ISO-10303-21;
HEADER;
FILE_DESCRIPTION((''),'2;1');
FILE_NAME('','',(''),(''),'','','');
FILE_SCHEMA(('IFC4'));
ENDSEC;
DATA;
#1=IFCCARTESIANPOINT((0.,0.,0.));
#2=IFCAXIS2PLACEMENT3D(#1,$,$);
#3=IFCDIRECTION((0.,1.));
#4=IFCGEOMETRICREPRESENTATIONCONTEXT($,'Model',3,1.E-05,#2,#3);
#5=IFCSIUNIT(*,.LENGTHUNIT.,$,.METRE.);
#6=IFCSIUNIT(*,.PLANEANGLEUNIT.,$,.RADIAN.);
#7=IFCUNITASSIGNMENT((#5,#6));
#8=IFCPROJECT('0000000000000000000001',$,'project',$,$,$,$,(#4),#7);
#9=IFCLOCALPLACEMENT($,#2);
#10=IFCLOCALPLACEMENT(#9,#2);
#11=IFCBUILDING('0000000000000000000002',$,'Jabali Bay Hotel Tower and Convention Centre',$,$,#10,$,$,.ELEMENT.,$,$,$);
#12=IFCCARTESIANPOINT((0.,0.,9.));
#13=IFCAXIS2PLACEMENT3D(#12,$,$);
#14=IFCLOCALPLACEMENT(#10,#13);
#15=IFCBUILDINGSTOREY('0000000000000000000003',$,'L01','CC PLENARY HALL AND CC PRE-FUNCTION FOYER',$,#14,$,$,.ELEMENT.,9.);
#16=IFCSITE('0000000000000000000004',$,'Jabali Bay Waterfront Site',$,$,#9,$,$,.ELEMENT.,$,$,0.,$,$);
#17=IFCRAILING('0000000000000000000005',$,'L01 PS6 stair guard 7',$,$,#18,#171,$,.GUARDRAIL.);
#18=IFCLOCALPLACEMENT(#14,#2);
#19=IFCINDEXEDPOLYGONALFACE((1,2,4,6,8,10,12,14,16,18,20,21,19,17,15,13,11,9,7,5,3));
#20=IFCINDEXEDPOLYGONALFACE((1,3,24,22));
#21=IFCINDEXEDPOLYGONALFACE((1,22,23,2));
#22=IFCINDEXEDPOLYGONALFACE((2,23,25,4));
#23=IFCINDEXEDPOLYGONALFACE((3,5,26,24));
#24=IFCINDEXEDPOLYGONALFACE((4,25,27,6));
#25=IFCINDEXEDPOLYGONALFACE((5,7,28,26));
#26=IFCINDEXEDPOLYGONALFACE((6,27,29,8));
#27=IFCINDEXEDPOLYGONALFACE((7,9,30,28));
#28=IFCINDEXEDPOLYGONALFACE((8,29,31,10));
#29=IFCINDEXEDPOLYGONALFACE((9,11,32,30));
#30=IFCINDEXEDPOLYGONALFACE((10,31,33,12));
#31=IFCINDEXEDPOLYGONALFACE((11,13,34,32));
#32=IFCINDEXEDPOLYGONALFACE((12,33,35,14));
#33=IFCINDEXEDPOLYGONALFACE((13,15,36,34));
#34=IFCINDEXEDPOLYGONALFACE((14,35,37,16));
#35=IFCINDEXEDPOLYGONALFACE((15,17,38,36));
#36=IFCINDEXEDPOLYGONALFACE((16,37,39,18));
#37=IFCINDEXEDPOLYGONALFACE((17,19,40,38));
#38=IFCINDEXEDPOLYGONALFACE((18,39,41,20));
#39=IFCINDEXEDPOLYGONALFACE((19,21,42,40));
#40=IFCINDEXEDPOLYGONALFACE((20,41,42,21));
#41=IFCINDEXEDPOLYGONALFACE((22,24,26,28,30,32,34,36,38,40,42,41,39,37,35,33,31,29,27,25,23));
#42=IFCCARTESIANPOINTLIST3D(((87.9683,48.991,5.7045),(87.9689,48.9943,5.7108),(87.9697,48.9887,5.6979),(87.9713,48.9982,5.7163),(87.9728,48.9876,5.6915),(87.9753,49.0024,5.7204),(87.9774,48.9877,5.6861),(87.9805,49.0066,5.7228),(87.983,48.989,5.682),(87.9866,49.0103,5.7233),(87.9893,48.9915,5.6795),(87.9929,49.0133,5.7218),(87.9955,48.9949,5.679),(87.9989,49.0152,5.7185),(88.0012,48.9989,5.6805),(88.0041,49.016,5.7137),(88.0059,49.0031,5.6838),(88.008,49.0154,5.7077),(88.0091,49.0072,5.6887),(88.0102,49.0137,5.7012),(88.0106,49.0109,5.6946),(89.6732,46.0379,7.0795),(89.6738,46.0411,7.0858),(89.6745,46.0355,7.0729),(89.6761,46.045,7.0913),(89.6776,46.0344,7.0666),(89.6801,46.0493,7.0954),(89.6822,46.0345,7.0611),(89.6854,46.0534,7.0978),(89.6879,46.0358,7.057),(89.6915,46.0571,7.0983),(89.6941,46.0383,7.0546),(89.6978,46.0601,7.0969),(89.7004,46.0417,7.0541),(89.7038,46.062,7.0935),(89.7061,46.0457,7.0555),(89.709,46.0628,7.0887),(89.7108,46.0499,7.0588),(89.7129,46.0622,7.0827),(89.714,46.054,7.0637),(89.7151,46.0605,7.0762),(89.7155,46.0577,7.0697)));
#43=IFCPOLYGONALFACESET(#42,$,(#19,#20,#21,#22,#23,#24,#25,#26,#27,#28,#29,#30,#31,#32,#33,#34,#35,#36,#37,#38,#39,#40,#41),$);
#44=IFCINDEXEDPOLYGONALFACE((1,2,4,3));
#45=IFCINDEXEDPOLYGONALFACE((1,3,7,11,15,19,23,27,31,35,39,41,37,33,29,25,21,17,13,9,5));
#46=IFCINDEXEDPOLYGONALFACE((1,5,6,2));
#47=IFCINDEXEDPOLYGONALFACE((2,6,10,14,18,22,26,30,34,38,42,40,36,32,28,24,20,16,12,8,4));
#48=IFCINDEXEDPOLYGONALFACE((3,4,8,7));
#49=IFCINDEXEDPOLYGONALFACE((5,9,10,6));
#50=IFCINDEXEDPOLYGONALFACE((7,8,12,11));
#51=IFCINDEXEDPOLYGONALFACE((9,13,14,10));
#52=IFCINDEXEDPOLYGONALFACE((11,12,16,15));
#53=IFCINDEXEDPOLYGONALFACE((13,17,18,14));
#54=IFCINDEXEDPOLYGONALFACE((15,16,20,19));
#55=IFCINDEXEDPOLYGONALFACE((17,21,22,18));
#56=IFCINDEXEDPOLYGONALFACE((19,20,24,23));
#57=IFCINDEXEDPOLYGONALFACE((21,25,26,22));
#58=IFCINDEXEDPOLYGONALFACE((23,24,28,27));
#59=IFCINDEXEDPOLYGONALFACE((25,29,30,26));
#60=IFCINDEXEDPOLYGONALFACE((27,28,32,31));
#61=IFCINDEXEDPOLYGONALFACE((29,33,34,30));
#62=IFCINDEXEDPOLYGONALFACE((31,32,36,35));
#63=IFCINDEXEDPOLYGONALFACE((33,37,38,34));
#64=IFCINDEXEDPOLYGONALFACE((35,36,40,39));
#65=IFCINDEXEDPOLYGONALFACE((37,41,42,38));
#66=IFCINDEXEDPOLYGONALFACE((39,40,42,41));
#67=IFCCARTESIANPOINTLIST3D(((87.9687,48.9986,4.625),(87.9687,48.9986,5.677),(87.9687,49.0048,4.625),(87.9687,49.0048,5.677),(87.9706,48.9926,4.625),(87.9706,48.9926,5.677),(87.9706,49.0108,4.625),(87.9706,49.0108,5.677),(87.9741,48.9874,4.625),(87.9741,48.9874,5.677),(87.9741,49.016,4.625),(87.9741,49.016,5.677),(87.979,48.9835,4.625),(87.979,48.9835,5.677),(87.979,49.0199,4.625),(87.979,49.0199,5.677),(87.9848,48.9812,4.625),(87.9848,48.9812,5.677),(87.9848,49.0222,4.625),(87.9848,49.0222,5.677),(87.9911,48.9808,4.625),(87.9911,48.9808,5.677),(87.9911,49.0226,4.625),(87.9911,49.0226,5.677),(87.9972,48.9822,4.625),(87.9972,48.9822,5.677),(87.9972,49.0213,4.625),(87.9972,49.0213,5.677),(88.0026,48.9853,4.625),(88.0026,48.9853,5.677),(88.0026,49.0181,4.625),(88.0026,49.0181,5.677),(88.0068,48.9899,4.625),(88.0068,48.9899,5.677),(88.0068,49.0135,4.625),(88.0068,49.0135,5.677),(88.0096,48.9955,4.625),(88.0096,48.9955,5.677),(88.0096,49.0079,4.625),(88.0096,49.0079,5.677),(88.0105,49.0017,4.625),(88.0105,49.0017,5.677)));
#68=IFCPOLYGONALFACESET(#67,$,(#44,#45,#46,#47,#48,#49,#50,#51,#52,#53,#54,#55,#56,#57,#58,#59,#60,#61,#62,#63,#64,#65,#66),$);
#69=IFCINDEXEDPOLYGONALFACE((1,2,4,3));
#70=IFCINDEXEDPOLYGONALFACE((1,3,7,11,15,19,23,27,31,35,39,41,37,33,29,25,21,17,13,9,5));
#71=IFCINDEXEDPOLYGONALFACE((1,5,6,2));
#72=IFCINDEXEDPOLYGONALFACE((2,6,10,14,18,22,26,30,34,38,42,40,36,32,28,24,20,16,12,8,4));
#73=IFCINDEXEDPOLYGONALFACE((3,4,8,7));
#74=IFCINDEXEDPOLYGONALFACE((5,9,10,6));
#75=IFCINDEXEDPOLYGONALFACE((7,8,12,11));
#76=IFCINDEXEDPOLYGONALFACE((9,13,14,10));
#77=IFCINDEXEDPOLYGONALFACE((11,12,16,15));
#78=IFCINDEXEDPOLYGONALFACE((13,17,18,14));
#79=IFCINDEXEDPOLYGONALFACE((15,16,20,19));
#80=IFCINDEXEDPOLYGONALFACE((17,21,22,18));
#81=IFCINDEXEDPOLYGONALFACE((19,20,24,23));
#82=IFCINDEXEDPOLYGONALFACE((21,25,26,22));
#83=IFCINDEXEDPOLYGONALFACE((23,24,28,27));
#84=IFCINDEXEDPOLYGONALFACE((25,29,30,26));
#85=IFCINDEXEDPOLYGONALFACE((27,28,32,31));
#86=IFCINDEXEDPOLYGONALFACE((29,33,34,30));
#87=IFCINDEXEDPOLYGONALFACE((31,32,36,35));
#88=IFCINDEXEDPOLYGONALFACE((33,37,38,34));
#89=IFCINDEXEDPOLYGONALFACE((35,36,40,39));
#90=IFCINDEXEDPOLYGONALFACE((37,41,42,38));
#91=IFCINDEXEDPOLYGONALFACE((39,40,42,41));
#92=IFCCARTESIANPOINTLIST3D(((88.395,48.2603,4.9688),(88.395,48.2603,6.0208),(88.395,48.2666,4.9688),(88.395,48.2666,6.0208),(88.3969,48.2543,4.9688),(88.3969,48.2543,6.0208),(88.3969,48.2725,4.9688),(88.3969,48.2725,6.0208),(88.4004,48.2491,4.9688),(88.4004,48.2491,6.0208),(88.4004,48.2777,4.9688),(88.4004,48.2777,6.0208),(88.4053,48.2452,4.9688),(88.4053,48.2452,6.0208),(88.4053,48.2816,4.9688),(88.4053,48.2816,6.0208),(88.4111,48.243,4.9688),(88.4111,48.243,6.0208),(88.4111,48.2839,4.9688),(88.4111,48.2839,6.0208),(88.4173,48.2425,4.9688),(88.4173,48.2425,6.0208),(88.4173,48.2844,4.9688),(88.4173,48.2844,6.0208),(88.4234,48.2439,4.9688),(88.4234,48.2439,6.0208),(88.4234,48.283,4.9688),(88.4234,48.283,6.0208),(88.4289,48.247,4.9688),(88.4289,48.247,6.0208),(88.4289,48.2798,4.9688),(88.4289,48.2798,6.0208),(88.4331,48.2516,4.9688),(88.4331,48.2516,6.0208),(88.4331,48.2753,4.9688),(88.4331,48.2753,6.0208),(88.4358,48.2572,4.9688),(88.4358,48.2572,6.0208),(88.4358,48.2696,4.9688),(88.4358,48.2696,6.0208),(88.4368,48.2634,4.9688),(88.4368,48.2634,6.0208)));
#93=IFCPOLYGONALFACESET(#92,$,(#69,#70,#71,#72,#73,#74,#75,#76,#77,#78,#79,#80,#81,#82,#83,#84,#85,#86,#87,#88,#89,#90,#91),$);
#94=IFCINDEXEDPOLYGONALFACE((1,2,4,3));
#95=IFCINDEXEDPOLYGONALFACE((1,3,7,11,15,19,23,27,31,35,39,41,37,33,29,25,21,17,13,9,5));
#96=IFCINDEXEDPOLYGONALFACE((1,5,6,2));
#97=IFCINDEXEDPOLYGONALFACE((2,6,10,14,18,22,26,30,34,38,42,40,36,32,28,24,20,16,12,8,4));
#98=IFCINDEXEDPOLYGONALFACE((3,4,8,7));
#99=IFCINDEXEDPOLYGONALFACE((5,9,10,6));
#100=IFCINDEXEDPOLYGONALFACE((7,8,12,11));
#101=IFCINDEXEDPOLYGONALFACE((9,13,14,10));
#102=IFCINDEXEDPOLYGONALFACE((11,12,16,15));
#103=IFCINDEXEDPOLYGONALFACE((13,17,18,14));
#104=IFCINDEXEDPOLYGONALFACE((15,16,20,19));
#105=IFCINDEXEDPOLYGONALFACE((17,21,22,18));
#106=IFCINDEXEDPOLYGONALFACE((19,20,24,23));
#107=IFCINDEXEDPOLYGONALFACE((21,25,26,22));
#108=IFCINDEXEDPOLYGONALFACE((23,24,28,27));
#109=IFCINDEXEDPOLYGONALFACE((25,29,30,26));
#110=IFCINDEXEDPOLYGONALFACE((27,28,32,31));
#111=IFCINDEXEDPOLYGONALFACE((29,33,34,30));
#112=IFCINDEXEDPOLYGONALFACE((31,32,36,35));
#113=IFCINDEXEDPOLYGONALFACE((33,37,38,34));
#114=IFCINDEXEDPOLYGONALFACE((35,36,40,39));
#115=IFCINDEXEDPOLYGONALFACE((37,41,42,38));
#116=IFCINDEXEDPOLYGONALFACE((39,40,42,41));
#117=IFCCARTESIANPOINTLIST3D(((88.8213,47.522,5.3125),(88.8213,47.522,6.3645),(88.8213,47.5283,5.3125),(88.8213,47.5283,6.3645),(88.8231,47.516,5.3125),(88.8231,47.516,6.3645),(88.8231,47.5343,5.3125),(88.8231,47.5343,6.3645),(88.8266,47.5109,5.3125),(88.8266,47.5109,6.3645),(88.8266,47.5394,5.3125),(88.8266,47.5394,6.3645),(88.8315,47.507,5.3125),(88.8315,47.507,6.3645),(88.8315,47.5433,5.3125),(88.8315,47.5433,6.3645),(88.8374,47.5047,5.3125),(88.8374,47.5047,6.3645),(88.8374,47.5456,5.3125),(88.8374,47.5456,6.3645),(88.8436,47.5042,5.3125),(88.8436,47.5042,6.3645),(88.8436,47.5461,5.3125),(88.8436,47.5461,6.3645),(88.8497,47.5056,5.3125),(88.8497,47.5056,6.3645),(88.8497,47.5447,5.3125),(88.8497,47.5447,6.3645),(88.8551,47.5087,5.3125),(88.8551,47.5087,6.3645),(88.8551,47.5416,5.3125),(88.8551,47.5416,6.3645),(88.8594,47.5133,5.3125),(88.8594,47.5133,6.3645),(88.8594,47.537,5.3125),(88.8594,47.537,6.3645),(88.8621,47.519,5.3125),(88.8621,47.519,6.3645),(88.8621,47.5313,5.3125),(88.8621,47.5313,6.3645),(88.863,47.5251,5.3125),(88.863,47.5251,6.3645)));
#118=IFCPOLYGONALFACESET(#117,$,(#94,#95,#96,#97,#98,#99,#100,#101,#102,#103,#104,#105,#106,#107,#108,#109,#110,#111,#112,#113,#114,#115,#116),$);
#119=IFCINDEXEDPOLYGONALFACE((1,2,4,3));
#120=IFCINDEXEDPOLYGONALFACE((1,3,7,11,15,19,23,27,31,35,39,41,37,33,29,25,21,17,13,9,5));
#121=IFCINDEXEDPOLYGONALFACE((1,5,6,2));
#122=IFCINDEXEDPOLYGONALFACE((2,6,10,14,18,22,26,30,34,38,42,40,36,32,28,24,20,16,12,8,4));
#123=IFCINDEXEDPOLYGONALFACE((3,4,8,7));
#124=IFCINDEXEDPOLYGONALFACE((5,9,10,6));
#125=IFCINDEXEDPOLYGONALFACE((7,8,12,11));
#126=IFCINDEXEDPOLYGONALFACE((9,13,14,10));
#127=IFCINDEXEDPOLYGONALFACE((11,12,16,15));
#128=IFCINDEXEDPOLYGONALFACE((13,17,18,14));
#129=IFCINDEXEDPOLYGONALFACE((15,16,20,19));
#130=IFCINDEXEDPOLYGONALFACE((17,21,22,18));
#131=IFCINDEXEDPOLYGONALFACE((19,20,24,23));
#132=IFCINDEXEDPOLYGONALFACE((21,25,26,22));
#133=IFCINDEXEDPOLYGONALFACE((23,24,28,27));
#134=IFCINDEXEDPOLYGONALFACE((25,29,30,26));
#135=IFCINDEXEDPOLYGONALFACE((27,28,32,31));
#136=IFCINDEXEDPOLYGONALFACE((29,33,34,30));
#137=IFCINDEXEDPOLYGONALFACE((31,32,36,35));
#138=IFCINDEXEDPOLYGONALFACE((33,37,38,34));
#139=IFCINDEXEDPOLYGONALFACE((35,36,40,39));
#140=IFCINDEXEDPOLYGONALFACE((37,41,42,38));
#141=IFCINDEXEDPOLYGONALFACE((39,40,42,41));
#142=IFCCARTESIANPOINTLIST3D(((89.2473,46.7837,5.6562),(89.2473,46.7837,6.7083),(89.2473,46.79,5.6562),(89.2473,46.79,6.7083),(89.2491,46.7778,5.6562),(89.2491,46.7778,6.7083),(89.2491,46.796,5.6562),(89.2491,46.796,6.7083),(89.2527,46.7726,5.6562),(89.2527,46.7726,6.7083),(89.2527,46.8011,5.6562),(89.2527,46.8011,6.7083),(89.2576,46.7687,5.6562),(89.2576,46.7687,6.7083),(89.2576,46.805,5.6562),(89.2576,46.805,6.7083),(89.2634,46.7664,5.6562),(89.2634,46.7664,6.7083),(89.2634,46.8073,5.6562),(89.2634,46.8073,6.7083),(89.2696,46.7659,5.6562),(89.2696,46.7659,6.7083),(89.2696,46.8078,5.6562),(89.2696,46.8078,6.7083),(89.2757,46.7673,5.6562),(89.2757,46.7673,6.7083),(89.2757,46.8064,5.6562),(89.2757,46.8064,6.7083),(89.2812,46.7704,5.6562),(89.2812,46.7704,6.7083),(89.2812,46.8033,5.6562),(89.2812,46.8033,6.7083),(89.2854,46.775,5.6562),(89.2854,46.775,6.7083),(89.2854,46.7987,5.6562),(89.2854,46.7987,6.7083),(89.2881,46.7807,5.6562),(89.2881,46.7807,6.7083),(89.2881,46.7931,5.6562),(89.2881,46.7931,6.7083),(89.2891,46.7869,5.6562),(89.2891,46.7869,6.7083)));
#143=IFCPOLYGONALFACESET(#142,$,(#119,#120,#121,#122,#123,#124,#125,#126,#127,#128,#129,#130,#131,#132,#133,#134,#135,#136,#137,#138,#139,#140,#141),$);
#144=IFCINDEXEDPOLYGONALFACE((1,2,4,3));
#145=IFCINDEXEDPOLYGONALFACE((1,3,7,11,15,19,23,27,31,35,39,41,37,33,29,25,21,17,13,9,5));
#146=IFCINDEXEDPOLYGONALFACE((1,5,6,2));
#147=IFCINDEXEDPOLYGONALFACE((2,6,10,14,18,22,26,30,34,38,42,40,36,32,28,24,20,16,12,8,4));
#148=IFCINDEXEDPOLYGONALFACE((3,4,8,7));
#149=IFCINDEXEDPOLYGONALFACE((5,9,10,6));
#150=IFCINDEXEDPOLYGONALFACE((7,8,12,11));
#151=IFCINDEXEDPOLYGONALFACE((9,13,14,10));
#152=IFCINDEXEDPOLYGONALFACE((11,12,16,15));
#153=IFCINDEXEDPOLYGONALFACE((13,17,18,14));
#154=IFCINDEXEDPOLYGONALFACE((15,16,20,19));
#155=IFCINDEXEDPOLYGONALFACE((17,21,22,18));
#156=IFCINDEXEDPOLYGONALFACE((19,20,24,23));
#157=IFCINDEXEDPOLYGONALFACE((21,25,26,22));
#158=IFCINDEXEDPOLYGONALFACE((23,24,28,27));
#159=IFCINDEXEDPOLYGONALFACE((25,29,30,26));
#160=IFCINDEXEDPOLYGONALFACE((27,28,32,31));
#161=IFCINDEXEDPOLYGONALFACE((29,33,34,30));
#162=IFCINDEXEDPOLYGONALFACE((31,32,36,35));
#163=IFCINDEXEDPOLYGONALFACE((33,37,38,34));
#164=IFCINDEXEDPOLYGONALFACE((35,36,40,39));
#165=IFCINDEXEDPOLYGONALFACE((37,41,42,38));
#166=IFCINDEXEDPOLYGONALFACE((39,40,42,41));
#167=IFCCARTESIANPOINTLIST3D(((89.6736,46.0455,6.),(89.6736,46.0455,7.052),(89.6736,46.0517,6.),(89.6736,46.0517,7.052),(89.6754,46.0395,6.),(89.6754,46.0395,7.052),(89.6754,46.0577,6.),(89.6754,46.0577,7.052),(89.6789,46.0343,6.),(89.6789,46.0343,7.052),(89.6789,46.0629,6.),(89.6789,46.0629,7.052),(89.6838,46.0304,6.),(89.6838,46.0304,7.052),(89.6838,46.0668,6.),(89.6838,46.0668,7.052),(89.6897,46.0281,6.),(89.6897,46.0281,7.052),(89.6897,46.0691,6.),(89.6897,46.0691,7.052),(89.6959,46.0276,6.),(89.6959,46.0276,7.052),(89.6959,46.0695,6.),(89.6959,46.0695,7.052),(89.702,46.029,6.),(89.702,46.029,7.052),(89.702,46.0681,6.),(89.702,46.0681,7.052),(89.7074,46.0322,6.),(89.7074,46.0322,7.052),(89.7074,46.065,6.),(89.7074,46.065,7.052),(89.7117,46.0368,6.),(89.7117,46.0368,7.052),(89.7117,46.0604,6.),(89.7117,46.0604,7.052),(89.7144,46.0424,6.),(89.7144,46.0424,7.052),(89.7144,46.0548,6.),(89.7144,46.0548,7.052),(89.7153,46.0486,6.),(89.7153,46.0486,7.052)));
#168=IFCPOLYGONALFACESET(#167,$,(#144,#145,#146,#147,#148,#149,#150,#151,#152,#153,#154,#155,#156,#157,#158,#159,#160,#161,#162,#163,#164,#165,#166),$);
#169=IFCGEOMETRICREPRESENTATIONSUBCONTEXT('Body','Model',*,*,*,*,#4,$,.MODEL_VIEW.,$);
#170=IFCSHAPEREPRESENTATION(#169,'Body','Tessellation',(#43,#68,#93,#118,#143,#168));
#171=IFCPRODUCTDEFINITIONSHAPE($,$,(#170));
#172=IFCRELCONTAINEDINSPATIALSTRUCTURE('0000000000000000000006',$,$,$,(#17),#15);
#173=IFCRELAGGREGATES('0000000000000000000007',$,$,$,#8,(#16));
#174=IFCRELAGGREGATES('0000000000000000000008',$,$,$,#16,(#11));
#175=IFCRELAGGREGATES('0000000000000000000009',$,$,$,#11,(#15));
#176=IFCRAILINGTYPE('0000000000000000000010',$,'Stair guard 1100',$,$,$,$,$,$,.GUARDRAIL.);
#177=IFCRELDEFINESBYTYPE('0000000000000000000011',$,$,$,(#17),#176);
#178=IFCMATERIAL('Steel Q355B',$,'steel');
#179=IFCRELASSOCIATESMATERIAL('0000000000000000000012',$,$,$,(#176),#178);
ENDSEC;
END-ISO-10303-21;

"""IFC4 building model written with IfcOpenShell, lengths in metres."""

from ifc_helpers import new_model, si_unit, direction, frame, origin, origin_2d, place, context, subcontext, project, spatial, circle, extrude, material, type_object, element, save


model = new_model("IFC4")

# Units and contexts
model_context = context("Model", 3, precision=1e-05, world=origin(), true_north=direction((0.0, 1.0)))
body_context = subcontext(model_context, "Body", "Model", "MODEL_VIEW")
ifc_project = project(units=[si_unit("LENGTHUNIT", "METRE"), si_unit("PLANEANGLEUNIT", "RADIAN")], contexts=[model_context])

# Site, building, storey
site_placement = place(None, origin())
site = spatial("IfcSite", under=ifc_project, at=site_placement, Name="Jabali Bay Waterfront Site", CompositionType="ELEMENT", RefElevation=0.0)
building_placement = place(site_placement, origin())
building = spatial("IfcBuilding", under=site, at=building_placement, Name="Jabali Bay Hotel Tower and Convention Centre", CompositionType="ELEMENT")
storey_placement = place(building_placement, frame((0.0, 0.0, 9.0)))
storey = spatial("IfcBuildingStorey", under=building, at=storey_placement, Name="L01", Description="CC PLENARY HALL AND CC PRE-FUNCTION FOYER", CompositionType="ELEMENT", Elevation=9.0)

# Railing
ifc_material_1 = material(Name="Steel Q355B", Category="steel")
railing_type_1 = type_object("IfcRailingType", Name="Stair guard 1100", PredefinedType="GUARDRAIL", material=ifc_material_1)
railing_1_placement = place(storey_placement, frame((87.9895, 49.0017, 4.625)))
element("IfcRailing", 1, at=railing_1_placement, inside=storey, type_object=railing_type_1, Name="L01 PS6 stair guard 7", PredefinedType="GUARDRAIL", context=body_context, shape_type="SweptSolid", body=[
    extrude(circle(Radius=0.0239, at=origin_2d()), frame((0.0, 0.0, 1.0762), z_axis=(0.463687, -0.803203, 0.373978), x_axis=(0.866045, 0.499966, 0.0)), (0.0, 0.0, 1.0), 3.6768),
    extrude(circle(Radius=0.021, at=origin_2d()), origin(), (0.0, 0.0, 1.0), 1.052),
    extrude(circle(Radius=0.021, at=origin_2d()), frame((0.4263, -0.7383, 0.3438)), (0.0, 0.0, 1.0), 1.052),
    extrude(circle(Radius=0.021, at=origin_2d()), frame((0.8525, -1.4766, 0.6875)), (0.0, 0.0, 1.0), 1.052),
    extrude(circle(Radius=0.021, at=origin_2d()), frame((1.2786, -2.2148, 1.0312)), (0.0, 0.0, 1.0), 1.052),
    extrude(circle(Radius=0.021, at=origin_2d()), frame((1.7048, -2.9531, 1.375)), (0.0, 0.0, 1.0), 1.052),
])

save(model, "model.ifc")
